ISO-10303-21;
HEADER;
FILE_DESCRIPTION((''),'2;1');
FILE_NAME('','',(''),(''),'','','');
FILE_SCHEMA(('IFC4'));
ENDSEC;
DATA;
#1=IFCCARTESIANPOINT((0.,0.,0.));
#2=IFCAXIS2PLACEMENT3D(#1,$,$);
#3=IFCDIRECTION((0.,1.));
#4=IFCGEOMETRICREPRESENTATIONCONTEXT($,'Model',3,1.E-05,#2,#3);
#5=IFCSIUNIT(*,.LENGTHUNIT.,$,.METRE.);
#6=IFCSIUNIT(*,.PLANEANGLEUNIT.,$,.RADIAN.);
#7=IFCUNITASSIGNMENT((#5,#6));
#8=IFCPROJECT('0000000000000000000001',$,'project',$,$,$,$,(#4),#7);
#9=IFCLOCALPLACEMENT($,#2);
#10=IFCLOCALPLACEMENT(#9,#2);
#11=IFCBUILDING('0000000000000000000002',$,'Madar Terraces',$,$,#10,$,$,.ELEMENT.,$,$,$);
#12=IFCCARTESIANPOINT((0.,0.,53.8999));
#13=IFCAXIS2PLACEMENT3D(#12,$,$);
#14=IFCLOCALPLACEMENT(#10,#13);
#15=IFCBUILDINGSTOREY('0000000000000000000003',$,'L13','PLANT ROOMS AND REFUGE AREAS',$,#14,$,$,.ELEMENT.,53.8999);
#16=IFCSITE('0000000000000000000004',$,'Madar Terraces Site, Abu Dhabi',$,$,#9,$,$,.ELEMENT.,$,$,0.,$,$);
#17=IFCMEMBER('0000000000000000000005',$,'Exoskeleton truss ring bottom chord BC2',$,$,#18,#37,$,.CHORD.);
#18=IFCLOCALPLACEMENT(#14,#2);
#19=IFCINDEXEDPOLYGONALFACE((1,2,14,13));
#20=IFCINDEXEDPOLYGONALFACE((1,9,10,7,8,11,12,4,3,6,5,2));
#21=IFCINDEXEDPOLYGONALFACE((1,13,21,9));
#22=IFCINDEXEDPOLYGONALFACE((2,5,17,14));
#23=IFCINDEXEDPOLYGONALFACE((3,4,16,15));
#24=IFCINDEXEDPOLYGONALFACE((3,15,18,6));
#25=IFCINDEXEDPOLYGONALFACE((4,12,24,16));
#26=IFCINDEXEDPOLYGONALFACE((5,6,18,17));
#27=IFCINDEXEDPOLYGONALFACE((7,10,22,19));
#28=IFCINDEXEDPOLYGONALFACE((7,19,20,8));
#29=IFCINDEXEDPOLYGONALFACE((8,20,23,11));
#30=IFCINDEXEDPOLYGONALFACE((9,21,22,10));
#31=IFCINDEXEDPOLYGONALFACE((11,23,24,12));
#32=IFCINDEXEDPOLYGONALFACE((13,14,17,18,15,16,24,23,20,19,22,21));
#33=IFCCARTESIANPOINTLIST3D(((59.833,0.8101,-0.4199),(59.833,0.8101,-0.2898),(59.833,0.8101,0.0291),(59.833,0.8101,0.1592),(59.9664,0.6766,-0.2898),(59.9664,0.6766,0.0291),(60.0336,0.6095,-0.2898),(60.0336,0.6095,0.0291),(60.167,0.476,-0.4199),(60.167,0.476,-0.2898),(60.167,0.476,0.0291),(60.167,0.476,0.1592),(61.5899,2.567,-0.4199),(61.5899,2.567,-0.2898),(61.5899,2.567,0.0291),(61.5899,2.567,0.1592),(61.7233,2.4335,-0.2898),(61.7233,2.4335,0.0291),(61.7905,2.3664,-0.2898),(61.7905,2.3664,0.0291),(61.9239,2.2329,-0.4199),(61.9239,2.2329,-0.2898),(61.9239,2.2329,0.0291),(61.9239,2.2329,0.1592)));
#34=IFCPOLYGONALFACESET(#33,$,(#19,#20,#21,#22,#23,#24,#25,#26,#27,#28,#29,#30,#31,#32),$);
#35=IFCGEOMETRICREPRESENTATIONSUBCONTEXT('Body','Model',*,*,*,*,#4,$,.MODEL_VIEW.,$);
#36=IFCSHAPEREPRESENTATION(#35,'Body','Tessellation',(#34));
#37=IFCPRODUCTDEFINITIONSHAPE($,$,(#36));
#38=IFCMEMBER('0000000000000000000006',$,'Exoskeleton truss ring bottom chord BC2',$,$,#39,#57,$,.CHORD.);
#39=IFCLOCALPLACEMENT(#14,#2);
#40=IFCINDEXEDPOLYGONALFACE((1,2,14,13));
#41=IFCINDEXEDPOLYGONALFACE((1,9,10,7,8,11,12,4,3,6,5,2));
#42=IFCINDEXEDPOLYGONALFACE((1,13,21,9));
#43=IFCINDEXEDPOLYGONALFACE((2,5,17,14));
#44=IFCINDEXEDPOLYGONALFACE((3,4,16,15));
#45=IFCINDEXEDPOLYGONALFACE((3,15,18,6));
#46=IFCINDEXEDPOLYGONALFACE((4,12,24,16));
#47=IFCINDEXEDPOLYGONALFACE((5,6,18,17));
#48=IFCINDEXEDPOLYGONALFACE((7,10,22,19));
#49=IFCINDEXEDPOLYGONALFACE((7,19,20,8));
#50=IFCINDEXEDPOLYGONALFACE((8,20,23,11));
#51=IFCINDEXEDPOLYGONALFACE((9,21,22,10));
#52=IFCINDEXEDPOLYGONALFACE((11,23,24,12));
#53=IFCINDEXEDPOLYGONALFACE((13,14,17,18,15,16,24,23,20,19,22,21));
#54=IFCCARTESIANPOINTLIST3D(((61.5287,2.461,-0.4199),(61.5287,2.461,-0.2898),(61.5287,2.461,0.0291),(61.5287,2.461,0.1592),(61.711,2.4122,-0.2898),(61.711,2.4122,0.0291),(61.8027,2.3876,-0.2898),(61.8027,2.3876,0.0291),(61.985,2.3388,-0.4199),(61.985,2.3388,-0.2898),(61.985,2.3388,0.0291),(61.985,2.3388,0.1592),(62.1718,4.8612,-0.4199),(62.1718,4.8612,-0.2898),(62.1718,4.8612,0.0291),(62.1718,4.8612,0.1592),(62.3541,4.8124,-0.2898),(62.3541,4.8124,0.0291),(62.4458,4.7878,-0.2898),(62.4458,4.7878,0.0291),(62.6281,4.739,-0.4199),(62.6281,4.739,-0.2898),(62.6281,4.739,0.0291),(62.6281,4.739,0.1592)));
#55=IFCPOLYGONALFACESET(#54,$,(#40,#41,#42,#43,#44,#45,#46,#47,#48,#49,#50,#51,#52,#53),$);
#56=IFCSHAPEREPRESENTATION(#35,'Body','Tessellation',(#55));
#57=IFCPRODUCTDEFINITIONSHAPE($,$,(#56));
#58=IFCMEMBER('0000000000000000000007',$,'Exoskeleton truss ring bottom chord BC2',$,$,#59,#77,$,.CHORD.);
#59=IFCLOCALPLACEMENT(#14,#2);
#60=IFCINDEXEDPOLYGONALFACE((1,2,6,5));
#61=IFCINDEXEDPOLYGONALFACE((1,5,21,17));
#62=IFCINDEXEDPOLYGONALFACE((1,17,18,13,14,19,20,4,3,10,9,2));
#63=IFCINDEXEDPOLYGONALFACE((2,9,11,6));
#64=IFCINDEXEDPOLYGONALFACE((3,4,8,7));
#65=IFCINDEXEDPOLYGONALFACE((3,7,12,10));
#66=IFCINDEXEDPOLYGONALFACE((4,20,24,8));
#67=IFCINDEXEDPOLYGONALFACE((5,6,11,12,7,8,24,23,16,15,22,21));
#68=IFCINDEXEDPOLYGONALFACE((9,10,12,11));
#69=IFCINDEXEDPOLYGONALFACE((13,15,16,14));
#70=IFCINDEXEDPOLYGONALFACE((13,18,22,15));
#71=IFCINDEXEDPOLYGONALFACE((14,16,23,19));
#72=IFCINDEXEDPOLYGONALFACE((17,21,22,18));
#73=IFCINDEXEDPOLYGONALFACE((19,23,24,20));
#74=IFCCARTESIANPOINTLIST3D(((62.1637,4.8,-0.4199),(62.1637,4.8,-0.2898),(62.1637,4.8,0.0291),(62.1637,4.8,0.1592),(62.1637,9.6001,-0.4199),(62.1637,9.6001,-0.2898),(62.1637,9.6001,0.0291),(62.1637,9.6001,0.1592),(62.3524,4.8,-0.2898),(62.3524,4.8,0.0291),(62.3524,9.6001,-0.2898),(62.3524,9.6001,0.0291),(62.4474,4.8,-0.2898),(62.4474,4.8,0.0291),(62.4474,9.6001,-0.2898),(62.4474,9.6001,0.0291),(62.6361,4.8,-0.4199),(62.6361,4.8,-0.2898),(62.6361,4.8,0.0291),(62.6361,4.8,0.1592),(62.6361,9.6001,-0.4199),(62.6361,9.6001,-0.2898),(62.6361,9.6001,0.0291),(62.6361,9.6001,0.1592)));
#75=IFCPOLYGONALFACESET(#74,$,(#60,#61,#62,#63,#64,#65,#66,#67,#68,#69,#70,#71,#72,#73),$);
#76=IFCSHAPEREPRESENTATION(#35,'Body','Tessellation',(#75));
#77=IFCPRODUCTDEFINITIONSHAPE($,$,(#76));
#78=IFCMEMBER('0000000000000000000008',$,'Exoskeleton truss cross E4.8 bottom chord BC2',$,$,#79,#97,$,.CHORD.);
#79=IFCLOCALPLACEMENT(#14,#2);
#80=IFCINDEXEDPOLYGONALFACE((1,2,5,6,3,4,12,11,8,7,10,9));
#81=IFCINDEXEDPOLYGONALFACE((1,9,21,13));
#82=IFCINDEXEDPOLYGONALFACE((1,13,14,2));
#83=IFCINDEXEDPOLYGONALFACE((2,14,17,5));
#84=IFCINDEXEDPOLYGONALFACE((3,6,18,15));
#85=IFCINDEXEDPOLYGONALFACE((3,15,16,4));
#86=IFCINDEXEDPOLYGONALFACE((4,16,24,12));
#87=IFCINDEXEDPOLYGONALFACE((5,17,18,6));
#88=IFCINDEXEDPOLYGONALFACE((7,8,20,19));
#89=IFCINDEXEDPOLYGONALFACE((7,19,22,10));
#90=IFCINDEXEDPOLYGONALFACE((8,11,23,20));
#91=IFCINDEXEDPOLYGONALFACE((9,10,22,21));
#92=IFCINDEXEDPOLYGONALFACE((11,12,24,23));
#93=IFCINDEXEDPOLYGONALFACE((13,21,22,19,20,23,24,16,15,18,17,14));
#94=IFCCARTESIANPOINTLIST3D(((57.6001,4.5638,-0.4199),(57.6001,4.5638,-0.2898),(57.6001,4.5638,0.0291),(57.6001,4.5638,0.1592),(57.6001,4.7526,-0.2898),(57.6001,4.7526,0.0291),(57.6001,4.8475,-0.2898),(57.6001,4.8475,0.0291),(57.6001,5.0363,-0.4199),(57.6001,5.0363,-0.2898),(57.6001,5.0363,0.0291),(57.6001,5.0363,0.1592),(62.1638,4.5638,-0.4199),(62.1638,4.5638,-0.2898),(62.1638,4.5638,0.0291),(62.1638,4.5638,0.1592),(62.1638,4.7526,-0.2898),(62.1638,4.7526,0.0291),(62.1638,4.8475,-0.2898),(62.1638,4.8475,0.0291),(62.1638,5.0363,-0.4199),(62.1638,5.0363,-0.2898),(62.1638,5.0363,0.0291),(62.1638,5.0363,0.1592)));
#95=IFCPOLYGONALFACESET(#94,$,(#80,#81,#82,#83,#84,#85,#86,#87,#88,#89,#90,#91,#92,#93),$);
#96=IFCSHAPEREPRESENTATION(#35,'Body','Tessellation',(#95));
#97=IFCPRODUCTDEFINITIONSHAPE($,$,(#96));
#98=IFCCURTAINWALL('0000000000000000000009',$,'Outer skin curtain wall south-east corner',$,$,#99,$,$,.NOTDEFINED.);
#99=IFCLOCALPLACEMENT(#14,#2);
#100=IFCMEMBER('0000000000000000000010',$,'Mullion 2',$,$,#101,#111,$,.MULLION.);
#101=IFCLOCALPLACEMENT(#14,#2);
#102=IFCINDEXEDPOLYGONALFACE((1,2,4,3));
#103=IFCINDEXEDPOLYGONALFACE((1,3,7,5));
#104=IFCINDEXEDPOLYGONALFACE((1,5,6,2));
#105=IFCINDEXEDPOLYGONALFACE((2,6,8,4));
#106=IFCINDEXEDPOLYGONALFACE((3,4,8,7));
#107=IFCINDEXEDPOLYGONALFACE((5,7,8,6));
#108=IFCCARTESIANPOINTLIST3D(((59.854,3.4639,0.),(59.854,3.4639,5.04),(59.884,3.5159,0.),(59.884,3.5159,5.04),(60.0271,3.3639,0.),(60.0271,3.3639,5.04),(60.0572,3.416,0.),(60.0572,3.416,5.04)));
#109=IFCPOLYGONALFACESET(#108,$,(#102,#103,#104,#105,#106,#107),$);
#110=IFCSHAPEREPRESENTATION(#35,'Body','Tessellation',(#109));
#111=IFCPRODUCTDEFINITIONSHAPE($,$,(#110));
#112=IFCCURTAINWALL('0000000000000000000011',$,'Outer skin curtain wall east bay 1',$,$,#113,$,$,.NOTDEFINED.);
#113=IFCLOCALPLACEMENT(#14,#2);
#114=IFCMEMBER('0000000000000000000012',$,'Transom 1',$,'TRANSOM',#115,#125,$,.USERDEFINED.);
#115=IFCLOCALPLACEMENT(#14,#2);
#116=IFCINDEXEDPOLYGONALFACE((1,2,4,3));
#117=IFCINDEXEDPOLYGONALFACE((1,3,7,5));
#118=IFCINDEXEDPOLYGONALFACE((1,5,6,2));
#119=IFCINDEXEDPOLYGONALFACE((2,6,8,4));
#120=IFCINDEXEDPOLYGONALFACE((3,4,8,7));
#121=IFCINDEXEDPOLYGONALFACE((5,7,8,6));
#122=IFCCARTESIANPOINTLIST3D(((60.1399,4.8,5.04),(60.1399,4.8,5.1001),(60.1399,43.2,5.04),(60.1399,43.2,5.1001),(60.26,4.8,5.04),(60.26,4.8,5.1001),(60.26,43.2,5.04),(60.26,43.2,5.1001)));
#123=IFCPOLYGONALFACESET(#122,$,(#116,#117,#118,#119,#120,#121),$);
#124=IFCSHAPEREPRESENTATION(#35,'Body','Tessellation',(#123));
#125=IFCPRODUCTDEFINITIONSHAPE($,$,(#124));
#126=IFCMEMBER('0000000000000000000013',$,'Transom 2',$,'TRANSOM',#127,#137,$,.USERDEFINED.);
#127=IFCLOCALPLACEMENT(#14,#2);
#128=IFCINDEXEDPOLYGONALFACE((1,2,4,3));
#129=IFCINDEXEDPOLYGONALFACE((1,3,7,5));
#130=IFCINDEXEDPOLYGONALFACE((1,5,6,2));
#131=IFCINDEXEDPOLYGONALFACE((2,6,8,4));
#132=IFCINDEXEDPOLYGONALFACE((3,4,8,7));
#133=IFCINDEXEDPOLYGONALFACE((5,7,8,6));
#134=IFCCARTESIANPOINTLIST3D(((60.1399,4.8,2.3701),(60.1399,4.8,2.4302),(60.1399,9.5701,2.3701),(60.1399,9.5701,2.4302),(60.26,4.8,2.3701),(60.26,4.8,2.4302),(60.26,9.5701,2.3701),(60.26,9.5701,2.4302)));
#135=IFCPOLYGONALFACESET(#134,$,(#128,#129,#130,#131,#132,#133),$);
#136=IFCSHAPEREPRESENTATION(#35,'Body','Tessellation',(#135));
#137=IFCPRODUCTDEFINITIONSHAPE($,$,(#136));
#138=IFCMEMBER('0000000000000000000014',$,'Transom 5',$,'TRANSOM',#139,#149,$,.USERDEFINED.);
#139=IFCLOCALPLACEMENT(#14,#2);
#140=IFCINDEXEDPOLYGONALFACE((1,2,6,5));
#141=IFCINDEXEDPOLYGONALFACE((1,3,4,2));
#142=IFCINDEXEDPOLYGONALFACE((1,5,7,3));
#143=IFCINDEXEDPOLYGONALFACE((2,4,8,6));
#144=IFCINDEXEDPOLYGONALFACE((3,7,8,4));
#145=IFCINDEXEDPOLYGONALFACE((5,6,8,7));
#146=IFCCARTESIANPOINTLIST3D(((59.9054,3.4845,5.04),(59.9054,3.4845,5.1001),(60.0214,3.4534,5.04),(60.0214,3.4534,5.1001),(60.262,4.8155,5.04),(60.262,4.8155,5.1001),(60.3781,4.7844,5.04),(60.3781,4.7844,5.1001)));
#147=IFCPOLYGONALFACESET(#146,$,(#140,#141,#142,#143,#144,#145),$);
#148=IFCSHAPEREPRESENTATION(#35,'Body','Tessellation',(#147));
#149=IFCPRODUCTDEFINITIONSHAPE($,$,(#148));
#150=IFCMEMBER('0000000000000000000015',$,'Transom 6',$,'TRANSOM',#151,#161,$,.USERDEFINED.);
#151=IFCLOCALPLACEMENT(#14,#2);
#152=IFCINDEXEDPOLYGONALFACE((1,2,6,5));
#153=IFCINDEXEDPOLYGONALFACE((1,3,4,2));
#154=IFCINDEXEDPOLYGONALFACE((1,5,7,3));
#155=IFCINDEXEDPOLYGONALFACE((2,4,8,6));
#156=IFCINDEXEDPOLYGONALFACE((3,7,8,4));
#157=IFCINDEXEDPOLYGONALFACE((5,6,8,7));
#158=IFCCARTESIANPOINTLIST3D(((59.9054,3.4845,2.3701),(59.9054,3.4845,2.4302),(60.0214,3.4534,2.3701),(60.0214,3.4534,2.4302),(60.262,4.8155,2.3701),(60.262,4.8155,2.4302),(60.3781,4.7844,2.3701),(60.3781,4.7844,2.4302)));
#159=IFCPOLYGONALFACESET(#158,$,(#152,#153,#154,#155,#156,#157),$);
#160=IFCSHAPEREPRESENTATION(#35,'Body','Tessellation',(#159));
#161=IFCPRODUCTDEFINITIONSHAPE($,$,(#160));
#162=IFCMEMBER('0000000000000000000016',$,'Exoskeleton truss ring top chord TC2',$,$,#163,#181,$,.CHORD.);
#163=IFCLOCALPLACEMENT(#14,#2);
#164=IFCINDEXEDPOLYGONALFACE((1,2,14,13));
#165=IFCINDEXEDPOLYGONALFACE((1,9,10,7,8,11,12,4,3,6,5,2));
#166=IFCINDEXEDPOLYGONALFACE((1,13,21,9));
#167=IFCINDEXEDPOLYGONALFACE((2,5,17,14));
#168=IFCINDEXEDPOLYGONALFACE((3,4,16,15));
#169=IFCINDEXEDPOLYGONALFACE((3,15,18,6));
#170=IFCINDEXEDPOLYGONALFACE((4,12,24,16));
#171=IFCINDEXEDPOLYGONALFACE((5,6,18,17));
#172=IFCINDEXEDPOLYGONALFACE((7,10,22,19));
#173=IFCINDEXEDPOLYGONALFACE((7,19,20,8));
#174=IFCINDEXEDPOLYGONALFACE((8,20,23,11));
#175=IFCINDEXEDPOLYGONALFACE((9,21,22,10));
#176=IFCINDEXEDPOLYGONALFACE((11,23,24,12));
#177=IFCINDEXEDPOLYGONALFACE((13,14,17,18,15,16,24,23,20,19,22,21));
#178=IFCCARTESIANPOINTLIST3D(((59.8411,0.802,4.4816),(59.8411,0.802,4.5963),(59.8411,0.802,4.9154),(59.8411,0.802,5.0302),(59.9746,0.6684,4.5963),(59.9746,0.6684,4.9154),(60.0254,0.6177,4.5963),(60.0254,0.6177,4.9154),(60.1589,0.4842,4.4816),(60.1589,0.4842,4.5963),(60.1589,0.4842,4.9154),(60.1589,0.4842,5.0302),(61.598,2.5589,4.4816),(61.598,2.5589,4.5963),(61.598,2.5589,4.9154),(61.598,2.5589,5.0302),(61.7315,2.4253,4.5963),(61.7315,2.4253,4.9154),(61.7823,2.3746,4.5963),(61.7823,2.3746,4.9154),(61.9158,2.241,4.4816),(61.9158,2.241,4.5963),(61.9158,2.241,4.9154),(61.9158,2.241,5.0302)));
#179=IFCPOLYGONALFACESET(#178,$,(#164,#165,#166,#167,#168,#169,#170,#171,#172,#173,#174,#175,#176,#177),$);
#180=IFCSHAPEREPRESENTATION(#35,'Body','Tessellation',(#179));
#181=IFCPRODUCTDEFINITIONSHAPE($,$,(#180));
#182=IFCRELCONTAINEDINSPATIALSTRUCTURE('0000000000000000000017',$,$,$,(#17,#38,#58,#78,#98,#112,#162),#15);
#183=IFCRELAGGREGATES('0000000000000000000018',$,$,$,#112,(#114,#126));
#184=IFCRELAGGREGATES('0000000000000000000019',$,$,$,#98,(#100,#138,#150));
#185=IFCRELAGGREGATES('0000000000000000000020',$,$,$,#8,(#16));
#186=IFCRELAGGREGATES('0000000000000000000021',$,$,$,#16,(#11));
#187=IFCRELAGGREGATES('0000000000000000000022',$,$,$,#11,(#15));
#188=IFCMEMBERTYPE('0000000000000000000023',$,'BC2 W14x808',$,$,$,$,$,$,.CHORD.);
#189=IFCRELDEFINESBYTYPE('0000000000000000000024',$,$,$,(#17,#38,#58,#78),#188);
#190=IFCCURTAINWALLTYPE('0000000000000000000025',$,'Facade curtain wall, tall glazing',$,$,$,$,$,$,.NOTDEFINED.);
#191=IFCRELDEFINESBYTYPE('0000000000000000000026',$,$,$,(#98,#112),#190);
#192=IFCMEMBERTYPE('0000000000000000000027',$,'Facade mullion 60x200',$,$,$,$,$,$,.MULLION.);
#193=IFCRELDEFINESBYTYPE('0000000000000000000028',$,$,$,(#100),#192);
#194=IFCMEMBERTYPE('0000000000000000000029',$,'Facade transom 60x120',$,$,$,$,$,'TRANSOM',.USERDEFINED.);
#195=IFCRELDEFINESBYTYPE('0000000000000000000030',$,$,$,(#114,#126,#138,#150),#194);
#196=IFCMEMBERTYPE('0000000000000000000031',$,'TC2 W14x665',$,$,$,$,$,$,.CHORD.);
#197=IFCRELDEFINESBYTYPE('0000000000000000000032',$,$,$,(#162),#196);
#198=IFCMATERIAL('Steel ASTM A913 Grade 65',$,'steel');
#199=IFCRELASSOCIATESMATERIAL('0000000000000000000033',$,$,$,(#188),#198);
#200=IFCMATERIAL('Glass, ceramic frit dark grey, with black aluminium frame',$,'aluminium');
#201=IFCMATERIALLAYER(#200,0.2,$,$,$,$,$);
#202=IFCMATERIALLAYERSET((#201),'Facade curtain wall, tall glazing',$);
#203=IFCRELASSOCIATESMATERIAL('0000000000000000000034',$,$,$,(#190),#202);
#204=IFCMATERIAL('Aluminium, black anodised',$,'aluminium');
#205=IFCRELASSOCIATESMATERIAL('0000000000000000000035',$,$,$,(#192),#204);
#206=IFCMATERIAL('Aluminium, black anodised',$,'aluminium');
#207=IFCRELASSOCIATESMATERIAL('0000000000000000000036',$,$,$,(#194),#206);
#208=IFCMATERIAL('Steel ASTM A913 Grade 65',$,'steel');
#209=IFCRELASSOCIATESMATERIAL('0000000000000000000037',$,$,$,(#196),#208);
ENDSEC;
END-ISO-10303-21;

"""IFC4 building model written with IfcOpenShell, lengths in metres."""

from ifc_helpers import new_model, si_unit, direction, frame, origin, origin_2d, place, context, subcontext, project, spatial, rectangle, i_section, extrude, material, layer, layer_set, material_profile, profile_set, type_object, element, aggregate, save


model = new_model("IFC4")

# Units and contexts
model_context = context("Model", 3, precision=1e-05, world=origin(), true_north=direction((0.0, 1.0)))
body_context = subcontext(model_context, "Body", "Model", "MODEL_VIEW")
ifc_project = project(units=[si_unit("LENGTHUNIT", "METRE"), si_unit("PLANEANGLEUNIT", "RADIAN")], contexts=[model_context])

# Site, building, storey
site_placement = place(None, origin())
site = spatial("IfcSite", under=ifc_project, at=site_placement, Name="Madar Terraces Site, Abu Dhabi", CompositionType="ELEMENT", RefElevation=0.0)
building_placement = place(site_placement, origin())
building = spatial("IfcBuilding", under=site, at=building_placement, Name="Madar Terraces", CompositionType="ELEMENT")
storey_placement = place(building_placement, frame((0.0, 0.0, 53.8999)))
storey = spatial("IfcBuildingStorey", under=building, at=storey_placement, Name="L13", Description="PLANT ROOMS AND REFUGE AREAS", CompositionType="ELEMENT", Elevation=53.8999)

# Members
ifc_material_1 = material(Name="Steel ASTM A913 Grade 65", Category="steel")
ifc_material_profile_1 = material_profile(ifc_material_1, i_section(OverallWidth=0.4724, OverallDepth=0.5791, WebThickness=0.095, FlangeThickness=0.1301, at=origin_2d()), Name="W14x808")
ifc_profile_set_1 = profile_set([ifc_material_profile_1], Name="Steel ASTM A913 Grade 65")
member_type_1 = type_object("IfcMemberType", Name="BC2 W14x808", PredefinedType="CHORD", material=ifc_profile_set_1)
member_1_placement = place(storey_placement, frame((60.0, 0.6431, -0.1304), z_axis=(0.707107, 0.707107, 0.0), x_axis=(-0.707107, 0.707107, 0.0)))
element("IfcMember", 1, at=member_1_placement, inside=storey, type_object=member_type_1, Name="Exoskeleton truss ring bottom chord BC2", PredefinedType="CHORD", context=body_context, shape_type="SweptSolid", body=[
    extrude(i_section(OverallWidth=0.4724, OverallDepth=0.5791, WebThickness=0.095, FlangeThickness=0.1301, at=origin_2d()), origin(), (0.0, 0.0, 1.0), 2.4846),
])
member_2_placement = place(storey_placement, frame((61.7568, 2.3999, -0.1304), z_axis=(0.2588, 0.965931, 0.0), x_axis=(-0.965931, 0.2588, 0.0)))
element("IfcMember", 2, at=member_2_placement, inside=storey, type_object=member_type_1, Name="Exoskeleton truss ring bottom chord BC2", PredefinedType="CHORD", context=body_context, shape_type="SweptSolid", body=[
    extrude(i_section(OverallWidth=0.4724, OverallDepth=0.5791, WebThickness=0.095, FlangeThickness=0.1301, at=origin_2d()), origin(), (0.0, 0.0, 1.0), 2.4849),
])
member_3_placement = place(storey_placement, frame((62.3999, 4.8, -0.1304), z_axis=(0.0, 1.0, 0.0), x_axis=(-1.0, 0.0, 0.0)))
element("IfcMember", 3, at=member_3_placement, inside=storey, type_object=member_type_1, Name="Exoskeleton truss ring bottom chord BC2", PredefinedType="CHORD", context=body_context, shape_type="SweptSolid", body=[
    extrude(i_section(OverallWidth=0.4724, OverallDepth=0.5791, WebThickness=0.095, FlangeThickness=0.1301, at=origin_2d()), origin(), (0.0, 0.0, 1.0), 4.8),
])
member_4_placement = place(storey_placement, frame((62.1638, 4.8, -0.1304), z_axis=(-1.0, 0.0, 0.0), x_axis=(0.0, -1.0, 0.0)))
element("IfcMember", 4, at=member_4_placement, inside=storey, type_object=member_type_1, Name="Exoskeleton truss cross E4.8 bottom chord BC2", PredefinedType="CHORD", context=body_context, shape_type="SweptSolid", body=[
    extrude(i_section(OverallWidth=0.4724, OverallDepth=0.5791, WebThickness=0.095, FlangeThickness=0.1301, at=origin_2d()), origin(), (0.0, 0.0, 1.0), 4.5637),
])

# Curtain wall, member
ifc_material_2 = material(Name="Glass, ceramic frit dark grey, with black aluminium frame", Category="aluminium")
ifc_layer_1 = layer(ifc_material_2, 0.2)
ifc_layer_set_1 = layer_set([ifc_layer_1], Name="Facade curtain wall, tall glazing")
curtain_wall_type = type_object("IfcCurtainWallType", Name="Facade curtain wall, tall glazing", PredefinedType="NOTDEFINED", material=ifc_layer_set_1)
curtain_wall_1_placement = place(storey_placement, origin())
curtain_wall_1 = element("IfcCurtainWall", 5, at=curtain_wall_1_placement, inside=storey, type_object=curtain_wall_type, Name="Outer skin curtain wall south-east corner", PredefinedType="NOTDEFINED")
ifc_material_3 = material(Name="Aluminium, black anodised", Category="aluminium")
ifc_material_profile_2 = material_profile(ifc_material_3, rectangle(XDim=0.2, YDim=0.0601, at=origin_2d()), Name="Facade mullion 60x200")
ifc_profile_set_2 = profile_set([ifc_material_profile_2], Name="Aluminium, black anodised")
member_type_2 = type_object("IfcMemberType", Name="Facade mullion 60x200", PredefinedType="MULLION", material=ifc_profile_set_2)
member_5_placement = place(storey_placement, frame((59.9556, 3.4399, 0.0), z_axis=(0.0, 0.0, 1.0), x_axis=(-0.866025, 0.5, 0.0)))
member_5 = element("IfcMember", 6, at=member_5_placement, type_object=member_type_2, Name="Mullion 2", PredefinedType="MULLION", context=body_context, shape_type="SweptSolid", body=[
    extrude(rectangle(XDim=0.2, YDim=0.0601, at=origin_2d()), origin(), (0.0, 0.0, 1.0), 5.04),
])

# Curtain wall, members
curtain_wall_2_placement = place(storey_placement, origin())
curtain_wall_2 = element("IfcCurtainWall", 7, at=curtain_wall_2_placement, inside=storey, type_object=curtain_wall_type, Name="Outer skin curtain wall east bay 1", PredefinedType="NOTDEFINED")
ifc_material_4 = material(Name="Aluminium, black anodised", Category="aluminium")
ifc_material_profile_3 = material_profile(ifc_material_4, rectangle(XDim=0.1201, YDim=0.0601, at=origin_2d()), Name="Facade transom 60x120")
ifc_profile_set_3 = profile_set([ifc_material_profile_3], Name="Aluminium, black anodised")
member_type_3 = type_object("IfcMemberType", Name="Facade transom 60x120", ElementType="TRANSOM", PredefinedType="USERDEFINED", material=ifc_profile_set_3)
member_6_placement = place(storey_placement, frame((60.2, 4.8, 5.0701), z_axis=(0.0, 1.0, 0.0), x_axis=(-1.0, 0.0, 0.0)))
member_6 = element("IfcMember", 8, at=member_6_placement, type_object=member_type_3, Name="Transom 1", ObjectType="TRANSOM", PredefinedType="USERDEFINED", context=body_context, shape_type="SweptSolid", body=[
    extrude(rectangle(XDim=0.1201, YDim=0.0601, at=origin_2d()), origin(), (0.0, 0.0, 1.0), 38.3999),
])
member_7_placement = place(storey_placement, frame((60.2, 4.8, 2.4001), z_axis=(0.0, 1.0, 0.0), x_axis=(-1.0, 0.0, 0.0)))
member_7 = element("IfcMember", 9, at=member_7_placement, type_object=member_type_3, Name="Transom 2", ObjectType="TRANSOM", PredefinedType="USERDEFINED", context=body_context, shape_type="SweptSolid", body=[
    extrude(rectangle(XDim=0.1201, YDim=0.0601, at=origin_2d()), origin(), (0.0, 0.0, 1.0), 4.77),
])
aggregate(curtain_wall_2, [member_6, member_7])

# Members
member_8_placement = place(storey_placement, frame((59.9634, 3.469, 5.0701), z_axis=(0.258842, 0.96592, 0.0), x_axis=(-0.96592, 0.258842, 0.0)))
member_8 = element("IfcMember", 10, at=member_8_placement, type_object=member_type_3, Name="Transom 5", ObjectType="TRANSOM", PredefinedType="USERDEFINED", context=body_context, shape_type="SweptSolid", body=[
    extrude(rectangle(XDim=0.1201, YDim=0.0601, at=origin_2d()), origin(), (0.0, 0.0, 1.0), 1.3779),
])
member_9_placement = place(storey_placement, frame((59.9634, 3.469, 2.4001), z_axis=(0.258842, 0.96592, 0.0), x_axis=(-0.96592, 0.258842, 0.0)))
member_9 = element("IfcMember", 11, at=member_9_placement, type_object=member_type_3, Name="Transom 6", ObjectType="TRANSOM", PredefinedType="USERDEFINED", context=body_context, shape_type="SweptSolid", body=[
    extrude(rectangle(XDim=0.1201, YDim=0.0601, at=origin_2d()), origin(), (0.0, 0.0, 1.0), 1.3779),
])

# Member
ifc_material_5 = material(Name="Steel ASTM A913 Grade 65", Category="steel")
ifc_material_profile_4 = material_profile(ifc_material_5, i_section(OverallWidth=0.4495, OverallDepth=0.5486, WebThickness=0.0718, FlangeThickness=0.1147, at=origin_2d()), Name="W14x665")
ifc_profile_set_4 = profile_set([ifc_material_profile_4], Name="Steel ASTM A913 Grade 65")
member_type_4 = type_object("IfcMemberType", Name="TC2 W14x665", PredefinedType="CHORD", material=ifc_profile_set_4)
member_10_placement = place(storey_placement, frame((60.0, 0.6431, 4.7559), z_axis=(0.707107, 0.707107, 0.0), x_axis=(-0.707107, 0.707107, 0.0)))
element("IfcMember", 12, at=member_10_placement, inside=storey, type_object=member_type_4, Name="Exoskeleton truss ring top chord TC2", PredefinedType="CHORD", context=body_context, shape_type="SweptSolid", body=[
    extrude(i_section(OverallWidth=0.4495, OverallDepth=0.5486, WebThickness=0.0718, FlangeThickness=0.1147, at=origin_2d()), origin(), (0.0, 0.0, 1.0), 2.4846),
])

aggregate(curtain_wall_1, [member_5, member_8, member_9])

save(model, "model.ifc")
